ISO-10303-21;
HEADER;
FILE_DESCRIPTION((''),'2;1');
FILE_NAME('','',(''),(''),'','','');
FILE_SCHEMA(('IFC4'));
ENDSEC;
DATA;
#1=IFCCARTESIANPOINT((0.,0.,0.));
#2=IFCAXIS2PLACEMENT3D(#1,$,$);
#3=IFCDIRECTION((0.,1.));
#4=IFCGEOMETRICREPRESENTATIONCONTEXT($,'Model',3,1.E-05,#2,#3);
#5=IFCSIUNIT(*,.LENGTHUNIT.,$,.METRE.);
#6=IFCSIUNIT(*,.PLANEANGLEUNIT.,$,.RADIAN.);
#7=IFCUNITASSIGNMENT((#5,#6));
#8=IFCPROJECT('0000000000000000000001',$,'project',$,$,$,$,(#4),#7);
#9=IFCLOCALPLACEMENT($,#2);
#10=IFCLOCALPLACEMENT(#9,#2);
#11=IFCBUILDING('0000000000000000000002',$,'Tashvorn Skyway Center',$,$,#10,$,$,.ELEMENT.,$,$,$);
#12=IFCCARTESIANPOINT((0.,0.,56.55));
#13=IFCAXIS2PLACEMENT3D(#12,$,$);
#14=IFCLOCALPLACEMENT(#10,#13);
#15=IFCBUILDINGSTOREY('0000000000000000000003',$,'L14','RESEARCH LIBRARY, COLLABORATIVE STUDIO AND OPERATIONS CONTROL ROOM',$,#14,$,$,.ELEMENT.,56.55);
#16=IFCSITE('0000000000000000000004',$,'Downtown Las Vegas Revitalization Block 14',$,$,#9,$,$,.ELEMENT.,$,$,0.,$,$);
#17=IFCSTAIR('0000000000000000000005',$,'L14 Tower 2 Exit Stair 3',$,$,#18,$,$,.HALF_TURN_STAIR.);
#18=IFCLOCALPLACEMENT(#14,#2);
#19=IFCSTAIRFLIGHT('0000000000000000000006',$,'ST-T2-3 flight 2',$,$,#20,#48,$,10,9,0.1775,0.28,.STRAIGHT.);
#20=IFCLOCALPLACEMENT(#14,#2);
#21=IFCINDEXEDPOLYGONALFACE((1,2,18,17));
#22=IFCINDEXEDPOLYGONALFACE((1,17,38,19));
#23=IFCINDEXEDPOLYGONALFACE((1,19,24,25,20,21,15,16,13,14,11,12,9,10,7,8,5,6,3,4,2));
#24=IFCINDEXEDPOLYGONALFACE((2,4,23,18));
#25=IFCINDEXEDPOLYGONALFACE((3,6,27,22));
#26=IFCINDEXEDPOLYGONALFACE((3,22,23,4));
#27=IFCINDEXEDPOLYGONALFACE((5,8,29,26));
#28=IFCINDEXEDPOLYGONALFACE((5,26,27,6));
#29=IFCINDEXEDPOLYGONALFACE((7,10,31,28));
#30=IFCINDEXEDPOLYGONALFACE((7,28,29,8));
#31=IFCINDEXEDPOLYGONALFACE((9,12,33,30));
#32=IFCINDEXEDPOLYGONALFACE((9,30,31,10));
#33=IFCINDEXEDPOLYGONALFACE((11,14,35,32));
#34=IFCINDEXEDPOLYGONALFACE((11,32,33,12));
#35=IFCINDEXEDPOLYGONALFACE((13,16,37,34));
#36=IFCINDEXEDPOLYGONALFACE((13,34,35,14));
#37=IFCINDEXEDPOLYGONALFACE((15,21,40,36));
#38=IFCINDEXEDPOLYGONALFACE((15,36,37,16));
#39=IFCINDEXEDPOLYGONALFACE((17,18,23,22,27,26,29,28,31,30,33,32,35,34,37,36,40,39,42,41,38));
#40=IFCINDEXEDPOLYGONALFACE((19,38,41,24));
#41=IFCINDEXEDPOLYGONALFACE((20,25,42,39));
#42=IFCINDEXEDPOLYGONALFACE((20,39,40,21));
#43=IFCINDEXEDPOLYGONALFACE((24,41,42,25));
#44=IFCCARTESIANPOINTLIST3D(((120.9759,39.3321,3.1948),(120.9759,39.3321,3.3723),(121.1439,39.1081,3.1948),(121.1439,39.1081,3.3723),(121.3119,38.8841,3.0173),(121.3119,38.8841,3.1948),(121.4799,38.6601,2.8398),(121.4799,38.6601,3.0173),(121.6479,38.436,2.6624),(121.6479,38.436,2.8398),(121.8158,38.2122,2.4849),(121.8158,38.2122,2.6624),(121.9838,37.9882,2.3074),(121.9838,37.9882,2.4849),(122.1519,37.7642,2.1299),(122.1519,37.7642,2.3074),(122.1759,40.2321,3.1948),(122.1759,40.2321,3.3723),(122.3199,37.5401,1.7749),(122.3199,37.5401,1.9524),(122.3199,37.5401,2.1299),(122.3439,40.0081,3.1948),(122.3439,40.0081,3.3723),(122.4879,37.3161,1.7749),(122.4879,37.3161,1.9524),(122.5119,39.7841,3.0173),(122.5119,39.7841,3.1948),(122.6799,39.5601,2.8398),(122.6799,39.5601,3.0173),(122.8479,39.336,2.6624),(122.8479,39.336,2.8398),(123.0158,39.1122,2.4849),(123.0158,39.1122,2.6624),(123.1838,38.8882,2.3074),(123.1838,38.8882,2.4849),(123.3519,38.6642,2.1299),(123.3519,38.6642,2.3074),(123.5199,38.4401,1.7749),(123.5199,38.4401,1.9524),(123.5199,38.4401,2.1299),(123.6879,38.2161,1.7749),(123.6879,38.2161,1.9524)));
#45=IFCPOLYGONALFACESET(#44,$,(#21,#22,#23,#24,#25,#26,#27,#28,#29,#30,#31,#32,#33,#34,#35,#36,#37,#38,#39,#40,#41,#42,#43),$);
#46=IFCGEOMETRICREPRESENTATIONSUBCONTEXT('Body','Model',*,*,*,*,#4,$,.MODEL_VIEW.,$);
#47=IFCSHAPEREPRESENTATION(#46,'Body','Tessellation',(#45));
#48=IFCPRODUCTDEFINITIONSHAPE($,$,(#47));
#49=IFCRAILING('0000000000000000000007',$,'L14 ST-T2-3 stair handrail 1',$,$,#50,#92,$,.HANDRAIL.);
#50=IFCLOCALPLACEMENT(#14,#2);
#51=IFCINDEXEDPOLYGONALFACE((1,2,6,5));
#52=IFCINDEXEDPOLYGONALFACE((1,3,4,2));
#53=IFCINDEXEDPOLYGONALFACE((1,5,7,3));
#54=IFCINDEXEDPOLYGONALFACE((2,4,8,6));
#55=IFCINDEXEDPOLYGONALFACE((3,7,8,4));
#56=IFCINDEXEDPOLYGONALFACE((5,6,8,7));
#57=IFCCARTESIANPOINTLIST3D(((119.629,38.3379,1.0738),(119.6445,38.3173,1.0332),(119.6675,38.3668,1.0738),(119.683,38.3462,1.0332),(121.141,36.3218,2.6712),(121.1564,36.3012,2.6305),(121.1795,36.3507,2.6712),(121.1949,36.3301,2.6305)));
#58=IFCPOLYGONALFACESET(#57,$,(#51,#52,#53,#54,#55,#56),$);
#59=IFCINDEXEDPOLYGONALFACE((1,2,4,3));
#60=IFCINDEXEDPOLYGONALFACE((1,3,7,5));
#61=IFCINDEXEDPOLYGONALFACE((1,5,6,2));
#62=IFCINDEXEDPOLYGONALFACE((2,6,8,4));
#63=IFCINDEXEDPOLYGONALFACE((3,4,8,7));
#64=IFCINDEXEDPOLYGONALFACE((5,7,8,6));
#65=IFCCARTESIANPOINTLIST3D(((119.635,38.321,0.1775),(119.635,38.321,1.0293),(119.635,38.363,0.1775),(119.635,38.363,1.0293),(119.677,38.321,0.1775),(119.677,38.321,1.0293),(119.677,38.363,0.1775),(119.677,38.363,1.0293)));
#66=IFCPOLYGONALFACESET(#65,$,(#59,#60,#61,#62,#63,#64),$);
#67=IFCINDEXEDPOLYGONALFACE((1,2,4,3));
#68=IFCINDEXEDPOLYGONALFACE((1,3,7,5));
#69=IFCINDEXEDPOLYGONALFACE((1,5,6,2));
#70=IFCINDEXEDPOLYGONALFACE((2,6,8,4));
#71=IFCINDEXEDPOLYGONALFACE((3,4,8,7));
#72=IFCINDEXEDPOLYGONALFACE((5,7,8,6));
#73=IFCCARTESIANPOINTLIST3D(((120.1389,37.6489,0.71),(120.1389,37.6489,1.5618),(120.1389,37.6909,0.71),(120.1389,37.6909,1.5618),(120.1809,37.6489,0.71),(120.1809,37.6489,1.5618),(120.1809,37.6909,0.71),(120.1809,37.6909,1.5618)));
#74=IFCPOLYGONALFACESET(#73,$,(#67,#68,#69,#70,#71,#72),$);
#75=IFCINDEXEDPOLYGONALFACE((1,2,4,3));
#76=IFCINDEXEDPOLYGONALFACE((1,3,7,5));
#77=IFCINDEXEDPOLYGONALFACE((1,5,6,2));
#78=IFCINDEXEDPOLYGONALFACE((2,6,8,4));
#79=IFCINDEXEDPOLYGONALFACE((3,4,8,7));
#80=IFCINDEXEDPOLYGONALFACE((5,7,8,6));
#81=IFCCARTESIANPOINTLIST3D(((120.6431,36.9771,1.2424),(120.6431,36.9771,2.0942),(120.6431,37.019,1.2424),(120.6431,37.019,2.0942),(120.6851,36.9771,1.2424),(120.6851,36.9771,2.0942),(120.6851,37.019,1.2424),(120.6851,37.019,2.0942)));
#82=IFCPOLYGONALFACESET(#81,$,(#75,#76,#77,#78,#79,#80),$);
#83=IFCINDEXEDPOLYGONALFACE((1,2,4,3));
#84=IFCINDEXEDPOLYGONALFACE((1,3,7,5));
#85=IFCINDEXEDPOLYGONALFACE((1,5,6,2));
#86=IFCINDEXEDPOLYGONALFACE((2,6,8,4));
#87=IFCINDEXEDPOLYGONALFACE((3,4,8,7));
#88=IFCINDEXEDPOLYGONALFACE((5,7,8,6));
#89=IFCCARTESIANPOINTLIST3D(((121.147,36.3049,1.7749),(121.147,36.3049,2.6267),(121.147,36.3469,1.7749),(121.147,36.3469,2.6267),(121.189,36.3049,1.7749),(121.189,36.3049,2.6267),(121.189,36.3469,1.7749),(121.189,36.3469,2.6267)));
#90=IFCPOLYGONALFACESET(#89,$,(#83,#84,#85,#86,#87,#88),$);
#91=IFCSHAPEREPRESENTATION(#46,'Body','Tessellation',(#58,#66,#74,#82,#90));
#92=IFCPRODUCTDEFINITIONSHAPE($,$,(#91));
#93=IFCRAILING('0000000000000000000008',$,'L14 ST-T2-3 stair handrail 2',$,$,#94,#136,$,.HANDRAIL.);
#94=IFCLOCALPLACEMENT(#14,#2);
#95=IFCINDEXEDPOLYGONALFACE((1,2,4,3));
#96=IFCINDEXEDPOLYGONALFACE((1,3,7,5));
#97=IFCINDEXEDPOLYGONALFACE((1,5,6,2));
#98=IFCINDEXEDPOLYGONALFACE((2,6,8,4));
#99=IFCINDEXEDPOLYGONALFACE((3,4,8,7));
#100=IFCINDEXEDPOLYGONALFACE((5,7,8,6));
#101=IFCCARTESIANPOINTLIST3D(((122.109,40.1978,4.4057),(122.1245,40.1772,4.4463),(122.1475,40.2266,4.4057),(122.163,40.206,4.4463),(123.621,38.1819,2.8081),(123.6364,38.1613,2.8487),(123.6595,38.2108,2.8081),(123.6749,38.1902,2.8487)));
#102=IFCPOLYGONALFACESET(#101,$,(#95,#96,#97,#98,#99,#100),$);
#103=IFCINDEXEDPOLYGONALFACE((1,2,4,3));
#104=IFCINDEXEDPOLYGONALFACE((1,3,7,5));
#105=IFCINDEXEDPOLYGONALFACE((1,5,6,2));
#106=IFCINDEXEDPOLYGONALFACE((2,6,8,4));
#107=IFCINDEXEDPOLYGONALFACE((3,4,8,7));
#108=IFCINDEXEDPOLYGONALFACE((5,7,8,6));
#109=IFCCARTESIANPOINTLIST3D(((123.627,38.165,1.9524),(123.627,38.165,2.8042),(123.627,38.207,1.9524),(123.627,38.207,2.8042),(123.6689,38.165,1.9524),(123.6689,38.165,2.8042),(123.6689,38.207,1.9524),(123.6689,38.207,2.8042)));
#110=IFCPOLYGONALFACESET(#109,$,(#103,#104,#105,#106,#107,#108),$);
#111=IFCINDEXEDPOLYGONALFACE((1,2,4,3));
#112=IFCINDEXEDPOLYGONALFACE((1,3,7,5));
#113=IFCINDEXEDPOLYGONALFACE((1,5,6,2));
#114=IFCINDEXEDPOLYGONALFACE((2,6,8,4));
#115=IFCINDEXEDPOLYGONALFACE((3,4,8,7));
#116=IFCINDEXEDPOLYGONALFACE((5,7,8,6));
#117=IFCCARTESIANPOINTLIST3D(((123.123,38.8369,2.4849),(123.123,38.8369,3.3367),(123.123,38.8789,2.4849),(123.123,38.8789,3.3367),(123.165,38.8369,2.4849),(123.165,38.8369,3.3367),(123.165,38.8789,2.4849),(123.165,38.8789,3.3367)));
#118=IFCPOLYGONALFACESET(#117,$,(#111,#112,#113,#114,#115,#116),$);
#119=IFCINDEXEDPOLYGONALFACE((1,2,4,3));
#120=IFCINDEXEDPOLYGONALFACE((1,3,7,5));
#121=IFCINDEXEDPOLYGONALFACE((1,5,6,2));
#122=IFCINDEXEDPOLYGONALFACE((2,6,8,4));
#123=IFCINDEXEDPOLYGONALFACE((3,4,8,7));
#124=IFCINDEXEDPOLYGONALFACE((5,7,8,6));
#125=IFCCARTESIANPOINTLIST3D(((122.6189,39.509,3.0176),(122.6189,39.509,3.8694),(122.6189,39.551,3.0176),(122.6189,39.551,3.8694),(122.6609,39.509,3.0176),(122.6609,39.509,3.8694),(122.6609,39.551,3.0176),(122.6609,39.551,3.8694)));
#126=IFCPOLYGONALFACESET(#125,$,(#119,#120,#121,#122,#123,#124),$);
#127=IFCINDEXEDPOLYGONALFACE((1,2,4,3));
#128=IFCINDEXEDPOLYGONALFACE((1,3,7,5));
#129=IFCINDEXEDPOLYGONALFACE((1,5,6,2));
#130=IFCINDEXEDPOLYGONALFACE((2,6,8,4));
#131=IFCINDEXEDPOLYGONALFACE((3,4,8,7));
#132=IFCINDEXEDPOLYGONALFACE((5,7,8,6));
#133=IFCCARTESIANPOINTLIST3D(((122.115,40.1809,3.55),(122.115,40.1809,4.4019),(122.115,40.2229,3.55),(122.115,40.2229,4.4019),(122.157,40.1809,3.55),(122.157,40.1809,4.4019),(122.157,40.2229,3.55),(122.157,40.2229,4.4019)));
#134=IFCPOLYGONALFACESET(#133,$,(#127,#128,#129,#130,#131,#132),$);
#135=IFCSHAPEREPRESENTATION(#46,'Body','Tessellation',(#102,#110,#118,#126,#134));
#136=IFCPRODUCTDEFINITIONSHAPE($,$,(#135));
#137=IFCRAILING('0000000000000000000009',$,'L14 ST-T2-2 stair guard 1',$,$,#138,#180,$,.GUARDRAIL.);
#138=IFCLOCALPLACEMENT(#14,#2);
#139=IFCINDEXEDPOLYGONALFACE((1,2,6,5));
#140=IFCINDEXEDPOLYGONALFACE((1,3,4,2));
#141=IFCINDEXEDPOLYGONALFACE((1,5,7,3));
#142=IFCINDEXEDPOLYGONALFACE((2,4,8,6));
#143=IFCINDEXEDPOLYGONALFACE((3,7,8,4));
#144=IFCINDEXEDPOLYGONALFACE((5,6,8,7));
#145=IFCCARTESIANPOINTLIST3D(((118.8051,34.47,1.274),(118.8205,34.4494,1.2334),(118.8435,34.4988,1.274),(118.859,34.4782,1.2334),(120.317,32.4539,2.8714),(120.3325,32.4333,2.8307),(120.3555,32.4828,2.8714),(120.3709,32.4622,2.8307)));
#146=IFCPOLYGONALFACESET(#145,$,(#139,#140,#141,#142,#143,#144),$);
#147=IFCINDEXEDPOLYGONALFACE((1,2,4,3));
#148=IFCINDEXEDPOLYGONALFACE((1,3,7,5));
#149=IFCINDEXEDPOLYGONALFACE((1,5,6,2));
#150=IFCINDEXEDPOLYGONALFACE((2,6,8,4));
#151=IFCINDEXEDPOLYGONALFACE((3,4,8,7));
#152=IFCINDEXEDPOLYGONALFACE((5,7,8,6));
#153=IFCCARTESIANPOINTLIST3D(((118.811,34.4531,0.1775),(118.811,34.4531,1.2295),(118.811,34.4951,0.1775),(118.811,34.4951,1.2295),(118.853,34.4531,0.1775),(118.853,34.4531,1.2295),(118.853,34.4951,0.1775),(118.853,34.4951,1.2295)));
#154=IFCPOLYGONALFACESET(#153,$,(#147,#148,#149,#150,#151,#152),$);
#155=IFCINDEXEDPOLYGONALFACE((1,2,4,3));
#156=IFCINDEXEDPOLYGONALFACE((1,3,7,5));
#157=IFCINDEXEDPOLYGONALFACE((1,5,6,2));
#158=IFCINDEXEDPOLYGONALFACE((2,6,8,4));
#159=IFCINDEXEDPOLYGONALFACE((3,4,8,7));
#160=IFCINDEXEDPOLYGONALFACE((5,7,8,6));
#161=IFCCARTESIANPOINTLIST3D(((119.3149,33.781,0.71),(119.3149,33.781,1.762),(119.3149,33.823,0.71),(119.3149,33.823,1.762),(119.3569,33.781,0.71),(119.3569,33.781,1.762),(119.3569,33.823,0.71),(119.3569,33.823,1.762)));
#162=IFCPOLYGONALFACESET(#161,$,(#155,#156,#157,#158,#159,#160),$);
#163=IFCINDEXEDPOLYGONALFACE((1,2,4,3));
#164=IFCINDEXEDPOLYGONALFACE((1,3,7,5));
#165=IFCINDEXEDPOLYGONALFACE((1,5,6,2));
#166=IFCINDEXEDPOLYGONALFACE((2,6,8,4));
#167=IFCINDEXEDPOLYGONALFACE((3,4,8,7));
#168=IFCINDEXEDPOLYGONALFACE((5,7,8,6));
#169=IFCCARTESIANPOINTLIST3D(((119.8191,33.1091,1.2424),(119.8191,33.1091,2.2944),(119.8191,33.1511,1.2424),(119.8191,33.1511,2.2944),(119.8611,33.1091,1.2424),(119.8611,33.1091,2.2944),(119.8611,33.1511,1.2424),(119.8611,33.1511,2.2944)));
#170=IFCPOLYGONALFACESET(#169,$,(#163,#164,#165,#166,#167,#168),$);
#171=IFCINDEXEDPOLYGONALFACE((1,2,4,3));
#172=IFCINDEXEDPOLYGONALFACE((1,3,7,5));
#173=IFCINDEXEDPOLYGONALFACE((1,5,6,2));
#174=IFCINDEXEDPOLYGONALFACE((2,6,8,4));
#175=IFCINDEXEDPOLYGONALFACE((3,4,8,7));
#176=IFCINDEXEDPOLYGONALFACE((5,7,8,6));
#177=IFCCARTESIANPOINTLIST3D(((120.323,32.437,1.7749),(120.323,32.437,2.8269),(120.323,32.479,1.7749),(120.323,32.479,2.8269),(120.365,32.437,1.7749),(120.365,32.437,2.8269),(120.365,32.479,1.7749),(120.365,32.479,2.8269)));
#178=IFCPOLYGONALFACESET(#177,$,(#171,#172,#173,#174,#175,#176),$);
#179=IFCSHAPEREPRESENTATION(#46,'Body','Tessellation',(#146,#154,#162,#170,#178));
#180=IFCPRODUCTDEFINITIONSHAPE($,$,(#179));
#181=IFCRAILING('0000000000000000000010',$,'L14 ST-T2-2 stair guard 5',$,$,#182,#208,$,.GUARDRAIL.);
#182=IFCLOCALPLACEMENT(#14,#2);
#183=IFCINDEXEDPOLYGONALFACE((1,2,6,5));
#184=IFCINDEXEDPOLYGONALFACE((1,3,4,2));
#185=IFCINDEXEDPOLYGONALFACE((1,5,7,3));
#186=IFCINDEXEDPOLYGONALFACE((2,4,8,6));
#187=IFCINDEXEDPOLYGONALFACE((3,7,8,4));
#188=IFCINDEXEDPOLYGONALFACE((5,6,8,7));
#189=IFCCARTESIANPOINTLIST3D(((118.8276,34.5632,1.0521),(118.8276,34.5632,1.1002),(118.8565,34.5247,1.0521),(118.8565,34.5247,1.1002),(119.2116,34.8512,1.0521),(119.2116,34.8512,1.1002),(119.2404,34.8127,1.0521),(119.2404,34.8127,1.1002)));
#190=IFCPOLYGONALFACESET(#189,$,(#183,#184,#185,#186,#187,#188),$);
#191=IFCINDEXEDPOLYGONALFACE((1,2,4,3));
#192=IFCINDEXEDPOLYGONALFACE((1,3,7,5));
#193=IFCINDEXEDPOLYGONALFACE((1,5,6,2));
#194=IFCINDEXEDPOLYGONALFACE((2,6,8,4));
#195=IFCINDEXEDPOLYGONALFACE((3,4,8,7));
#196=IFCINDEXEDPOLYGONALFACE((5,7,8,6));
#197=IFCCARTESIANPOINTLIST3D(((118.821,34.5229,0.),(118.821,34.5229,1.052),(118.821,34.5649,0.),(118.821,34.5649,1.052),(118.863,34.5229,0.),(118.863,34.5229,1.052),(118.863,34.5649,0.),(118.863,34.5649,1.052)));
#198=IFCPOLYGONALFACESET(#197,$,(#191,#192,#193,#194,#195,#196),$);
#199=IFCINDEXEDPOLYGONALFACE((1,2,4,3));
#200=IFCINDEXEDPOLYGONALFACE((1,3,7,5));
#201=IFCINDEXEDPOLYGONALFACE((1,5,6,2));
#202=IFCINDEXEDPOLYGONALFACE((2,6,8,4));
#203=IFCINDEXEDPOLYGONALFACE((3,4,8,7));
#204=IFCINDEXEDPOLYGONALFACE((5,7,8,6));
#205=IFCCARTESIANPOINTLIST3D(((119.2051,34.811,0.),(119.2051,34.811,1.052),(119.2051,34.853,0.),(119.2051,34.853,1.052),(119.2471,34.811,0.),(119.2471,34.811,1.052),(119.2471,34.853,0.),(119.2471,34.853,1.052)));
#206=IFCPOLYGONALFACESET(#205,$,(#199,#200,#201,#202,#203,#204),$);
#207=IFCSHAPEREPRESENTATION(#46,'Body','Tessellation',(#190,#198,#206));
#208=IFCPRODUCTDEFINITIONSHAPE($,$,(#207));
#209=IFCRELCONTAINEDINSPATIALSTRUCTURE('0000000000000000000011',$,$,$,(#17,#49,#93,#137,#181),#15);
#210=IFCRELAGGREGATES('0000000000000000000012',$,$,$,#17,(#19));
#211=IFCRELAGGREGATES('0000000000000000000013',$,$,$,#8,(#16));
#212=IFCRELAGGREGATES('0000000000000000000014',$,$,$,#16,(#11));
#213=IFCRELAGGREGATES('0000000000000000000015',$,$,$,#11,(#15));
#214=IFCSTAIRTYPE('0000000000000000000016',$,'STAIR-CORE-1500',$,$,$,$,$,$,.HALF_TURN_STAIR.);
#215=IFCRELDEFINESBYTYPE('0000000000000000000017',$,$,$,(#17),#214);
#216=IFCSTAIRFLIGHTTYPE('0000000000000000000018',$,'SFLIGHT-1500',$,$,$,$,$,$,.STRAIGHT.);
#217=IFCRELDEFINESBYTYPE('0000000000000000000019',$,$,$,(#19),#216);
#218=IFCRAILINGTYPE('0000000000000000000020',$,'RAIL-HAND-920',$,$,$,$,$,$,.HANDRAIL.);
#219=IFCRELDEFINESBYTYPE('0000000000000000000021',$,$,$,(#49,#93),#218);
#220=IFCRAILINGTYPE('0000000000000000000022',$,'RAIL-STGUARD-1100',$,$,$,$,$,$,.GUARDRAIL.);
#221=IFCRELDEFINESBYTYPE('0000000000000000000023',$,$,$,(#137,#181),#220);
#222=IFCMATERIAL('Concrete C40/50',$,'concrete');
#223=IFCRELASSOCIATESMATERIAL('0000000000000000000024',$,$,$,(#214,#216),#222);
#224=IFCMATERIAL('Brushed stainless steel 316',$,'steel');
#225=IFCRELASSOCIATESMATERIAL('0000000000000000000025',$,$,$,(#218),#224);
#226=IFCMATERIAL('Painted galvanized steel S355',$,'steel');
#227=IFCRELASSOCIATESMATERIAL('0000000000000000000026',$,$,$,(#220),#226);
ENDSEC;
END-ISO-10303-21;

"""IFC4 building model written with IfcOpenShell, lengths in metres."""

from ifc_helpers import new_model, si_unit, direction, frame, origin, origin_2d, place, context, subcontext, project, spatial, polyline, rectangle, outline, extrude, material, type_object, element, aggregate, save


model = new_model("IFC4")

# Units and contexts
model_context = context("Model", 3, precision=1e-05, world=origin(), true_north=direction((0.0, 1.0)))
body_context = subcontext(model_context, "Body", "Model", "MODEL_VIEW")
ifc_project = project(units=[si_unit("LENGTHUNIT", "METRE"), si_unit("PLANEANGLEUNIT", "RADIAN")], contexts=[model_context])

# Site, building, storey
site_placement = place(None, origin())
site = spatial("IfcSite", under=ifc_project, at=site_placement, Name="Downtown Las Vegas Revitalization Block 14", CompositionType="ELEMENT", RefElevation=0.0)
building_placement = place(site_placement, origin())
building = spatial("IfcBuilding", under=site, at=building_placement, Name="Tashvorn Skyway Center", CompositionType="ELEMENT")
storey_placement = place(building_placement, frame((0.0, 0.0, 56.55)))
storey = spatial("IfcBuildingStorey", under=building, at=storey_placement, Name="L14", Description="RESEARCH LIBRARY, COLLABORATIVE STUDIO AND OPERATIONS CONTROL ROOM", CompositionType="ELEMENT", Elevation=56.55)

# Shared definitions
ifc_material_1 = material(Name="Concrete C40/50", Category="concrete")

# Stair, stair flight
stair_type = type_object("IfcStairType", Name="STAIR-CORE-1500", PredefinedType="HALF_TURN_STAIR", material=ifc_material_1)
stair_placement = place(storey_placement, origin())
stair = element("IfcStair", 1, at=stair_placement, inside=storey, type_object=stair_type, Name="L14 Tower 2 Exit Stair 3", PredefinedType="HALF_TURN_STAIR")
stair_flight_type = type_object("IfcStairFlightType", Name="SFLIGHT-1500", PredefinedType="STRAIGHT", material=ifc_material_1)
stair_flight_1_placement = place(storey_placement, frame((123.0879, 37.7661, 1.7749), z_axis=(0.0, 0.0, 1.0), x_axis=(-0.6, 0.8, 0.0)))
stair_flight_1 = element("IfcStairFlight", 2, at=stair_flight_1_placement, type_object=stair_flight_type, Name="ST-T2-3 flight 2", NumberOfRisers=10, NumberOfTreads=9, PredefinedType="STRAIGHT", RiserHeight=0.1775, TreadLength=0.28, context=body_context, shape_type="SweptSolid", body=[
    extrude(outline(polyline([(0.0, 0.0), (0.0, 0.1775), (0.28, 0.1775), (0.28, 0.355), (0.5601, 0.355), (0.5601, 0.5325), (0.8401, 0.5325), (0.8401, 0.71), (1.1201, 0.71), (1.1201, 0.8875), (1.3999, 0.8875), (1.3999, 1.0649), (1.6799, 1.0649), (1.6799, 1.2424), (1.96, 1.2424), (1.96, 1.4199), (2.24, 1.4199), (2.24, 1.5974), (2.52, 1.5974), (2.52, 1.7749), (2.52, 1.4199), (0.28, 0.0), (0.0, 0.0)])), frame((0.0, 0.75, 0.0), z_axis=(0.0, -1.0, 0.0), x_axis=(1.0, 0.0, 0.0)), (0.0, 0.0, 1.0), 1.5),
])
aggregate(stair, [stair_flight_1])

# Railings
ifc_material_2 = material(Name="Brushed stainless steel 316", Category="steel")
railing_type_1 = type_object("IfcRailingType", Name="RAIL-HAND-920", PredefinedType="HANDRAIL", material=ifc_material_2)
railing_1_placement = place(storey_placement, frame((119.656, 38.342, 0.1775)))
element("IfcRailing", 3, at=railing_1_placement, inside=storey, type_object=railing_type_1, Name="L14 ST-T2-3 stair handrail 1", PredefinedType="HANDRAIL", context=body_context, shape_type="SweptSolid", body=[
    extrude(rectangle(XDim=0.0481, YDim=0.0481, at=origin_2d()), frame((0.0, 0.0, 0.876), z_axis=(0.506741, -0.675709, 0.535379), x_axis=(0.800023, 0.599969, 0.0)), (0.0, 0.0, 1.0), 2.9836),
    extrude(rectangle(XDim=0.042, YDim=0.042, at=origin_2d()), origin(), (0.0, 0.0, 1.0), 0.8518),
    extrude(rectangle(XDim=0.042, YDim=0.042, at=origin_2d()), frame((0.5039, -0.6721, 0.5325)), (0.0, 0.0, 1.0), 0.8518),
    extrude(rectangle(XDim=0.042, YDim=0.042, at=origin_2d()), frame((1.0081, -1.344, 1.0649)), (0.0, 0.0, 1.0), 0.8518),
    extrude(rectangle(XDim=0.042, YDim=0.042, at=origin_2d()), frame((1.512, -2.0161, 1.5974)), (0.0, 0.0, 1.0), 0.8518),
])
railing_2_placement = place(storey_placement, frame((123.6479, 38.186, 1.9524)))
element("IfcRailing", 4, at=railing_2_placement, inside=storey, type_object=railing_type_1, Name="L14 ST-T2-3 stair handrail 2", PredefinedType="HANDRAIL", context=body_context, shape_type="SweptSolid", body=[
    extrude(rectangle(XDim=0.0481, YDim=0.0481, at=origin_2d()), frame((0.0, 0.0, 0.876), z_axis=(-0.506747, 0.675635, 0.535467), x_axis=(-0.799988, -0.600016, 0.0)), (0.0, 0.0, 1.0), 2.9836),
    extrude(rectangle(XDim=0.042, YDim=0.042, at=origin_2d()), origin(), (0.0, 0.0, 1.0), 0.8518),
    extrude(rectangle(XDim=0.042, YDim=0.042, at=origin_2d()), frame((-0.5039, 0.6719, 0.5325)), (0.0, 0.0, 1.0), 0.8518),
    extrude(rectangle(XDim=0.042, YDim=0.042, at=origin_2d()), frame((-1.0081, 1.344, 1.0652)), (0.0, 0.0, 1.0), 0.8518),
    extrude(rectangle(XDim=0.042, YDim=0.042, at=origin_2d()), frame((-1.512, 2.0159, 1.5977)), (0.0, 0.0, 1.0), 0.8518),
])
ifc_material_3 = material(Name="Painted galvanized steel S355", Category="steel")
railing_type_2 = type_object("IfcRailingType", Name="RAIL-STGUARD-1100", PredefinedType="GUARDRAIL", material=ifc_material_3)
railing_3_placement = place(storey_placement, frame((118.832, 34.4741, 0.1775)))
element("IfcRailing", 5, at=railing_3_placement, inside=storey, type_object=railing_type_2, Name="L14 ST-T2-2 stair guard 1", PredefinedType="GUARDRAIL", context=body_context, shape_type="SweptSolid", body=[
    extrude(rectangle(XDim=0.0481, YDim=0.0481, at=origin_2d()), frame((0.0, 0.0, 1.0762), z_axis=(0.506741, -0.675709, 0.535379), x_axis=(0.800023, 0.599969, 0.0)), (0.0, 0.0, 1.0), 2.9836),
    extrude(rectangle(XDim=0.042, YDim=0.042, at=origin_2d()), origin(), (0.0, 0.0, 1.0), 1.052),
    extrude(rectangle(XDim=0.042, YDim=0.042, at=origin_2d()), frame((0.5039, -0.6721, 0.5325)), (0.0, 0.0, 1.0), 1.052),
    extrude(rectangle(XDim=0.042, YDim=0.042, at=origin_2d()), frame((1.0081, -1.344, 1.0649)), (0.0, 0.0, 1.0), 1.052),
    extrude(rectangle(XDim=0.042, YDim=0.042, at=origin_2d()), frame((1.512, -2.0161, 1.5974)), (0.0, 0.0, 1.0), 1.052),
])
railing_4_placement = place(storey_placement, frame((118.842, 34.5439, 0.0)))
element("IfcRailing", 6, at=railing_4_placement, inside=storey, type_object=railing_type_2, Name="L14 ST-T2-2 stair guard 5", PredefinedType="GUARDRAIL", context=body_context, shape_type="SweptSolid", body=[
    extrude(rectangle(XDim=0.0481, YDim=0.0481, at=origin_2d()), frame((0.0, 0.0, 1.0762), z_axis=(0.799939, 0.600081, 0.0), x_axis=(-0.600081, 0.799939, 0.0)), (0.0, 0.0, 1.0), 0.48),
    extrude(rectangle(XDim=0.042, YDim=0.042, at=origin_2d()), origin(), (0.0, 0.0, 1.0), 1.052),
    extrude(rectangle(XDim=0.042, YDim=0.042, at=origin_2d()), frame((0.384, 0.2881, 0.0)), (0.0, 0.0, 1.0), 1.052),
])

save(model, "model.ifc")
